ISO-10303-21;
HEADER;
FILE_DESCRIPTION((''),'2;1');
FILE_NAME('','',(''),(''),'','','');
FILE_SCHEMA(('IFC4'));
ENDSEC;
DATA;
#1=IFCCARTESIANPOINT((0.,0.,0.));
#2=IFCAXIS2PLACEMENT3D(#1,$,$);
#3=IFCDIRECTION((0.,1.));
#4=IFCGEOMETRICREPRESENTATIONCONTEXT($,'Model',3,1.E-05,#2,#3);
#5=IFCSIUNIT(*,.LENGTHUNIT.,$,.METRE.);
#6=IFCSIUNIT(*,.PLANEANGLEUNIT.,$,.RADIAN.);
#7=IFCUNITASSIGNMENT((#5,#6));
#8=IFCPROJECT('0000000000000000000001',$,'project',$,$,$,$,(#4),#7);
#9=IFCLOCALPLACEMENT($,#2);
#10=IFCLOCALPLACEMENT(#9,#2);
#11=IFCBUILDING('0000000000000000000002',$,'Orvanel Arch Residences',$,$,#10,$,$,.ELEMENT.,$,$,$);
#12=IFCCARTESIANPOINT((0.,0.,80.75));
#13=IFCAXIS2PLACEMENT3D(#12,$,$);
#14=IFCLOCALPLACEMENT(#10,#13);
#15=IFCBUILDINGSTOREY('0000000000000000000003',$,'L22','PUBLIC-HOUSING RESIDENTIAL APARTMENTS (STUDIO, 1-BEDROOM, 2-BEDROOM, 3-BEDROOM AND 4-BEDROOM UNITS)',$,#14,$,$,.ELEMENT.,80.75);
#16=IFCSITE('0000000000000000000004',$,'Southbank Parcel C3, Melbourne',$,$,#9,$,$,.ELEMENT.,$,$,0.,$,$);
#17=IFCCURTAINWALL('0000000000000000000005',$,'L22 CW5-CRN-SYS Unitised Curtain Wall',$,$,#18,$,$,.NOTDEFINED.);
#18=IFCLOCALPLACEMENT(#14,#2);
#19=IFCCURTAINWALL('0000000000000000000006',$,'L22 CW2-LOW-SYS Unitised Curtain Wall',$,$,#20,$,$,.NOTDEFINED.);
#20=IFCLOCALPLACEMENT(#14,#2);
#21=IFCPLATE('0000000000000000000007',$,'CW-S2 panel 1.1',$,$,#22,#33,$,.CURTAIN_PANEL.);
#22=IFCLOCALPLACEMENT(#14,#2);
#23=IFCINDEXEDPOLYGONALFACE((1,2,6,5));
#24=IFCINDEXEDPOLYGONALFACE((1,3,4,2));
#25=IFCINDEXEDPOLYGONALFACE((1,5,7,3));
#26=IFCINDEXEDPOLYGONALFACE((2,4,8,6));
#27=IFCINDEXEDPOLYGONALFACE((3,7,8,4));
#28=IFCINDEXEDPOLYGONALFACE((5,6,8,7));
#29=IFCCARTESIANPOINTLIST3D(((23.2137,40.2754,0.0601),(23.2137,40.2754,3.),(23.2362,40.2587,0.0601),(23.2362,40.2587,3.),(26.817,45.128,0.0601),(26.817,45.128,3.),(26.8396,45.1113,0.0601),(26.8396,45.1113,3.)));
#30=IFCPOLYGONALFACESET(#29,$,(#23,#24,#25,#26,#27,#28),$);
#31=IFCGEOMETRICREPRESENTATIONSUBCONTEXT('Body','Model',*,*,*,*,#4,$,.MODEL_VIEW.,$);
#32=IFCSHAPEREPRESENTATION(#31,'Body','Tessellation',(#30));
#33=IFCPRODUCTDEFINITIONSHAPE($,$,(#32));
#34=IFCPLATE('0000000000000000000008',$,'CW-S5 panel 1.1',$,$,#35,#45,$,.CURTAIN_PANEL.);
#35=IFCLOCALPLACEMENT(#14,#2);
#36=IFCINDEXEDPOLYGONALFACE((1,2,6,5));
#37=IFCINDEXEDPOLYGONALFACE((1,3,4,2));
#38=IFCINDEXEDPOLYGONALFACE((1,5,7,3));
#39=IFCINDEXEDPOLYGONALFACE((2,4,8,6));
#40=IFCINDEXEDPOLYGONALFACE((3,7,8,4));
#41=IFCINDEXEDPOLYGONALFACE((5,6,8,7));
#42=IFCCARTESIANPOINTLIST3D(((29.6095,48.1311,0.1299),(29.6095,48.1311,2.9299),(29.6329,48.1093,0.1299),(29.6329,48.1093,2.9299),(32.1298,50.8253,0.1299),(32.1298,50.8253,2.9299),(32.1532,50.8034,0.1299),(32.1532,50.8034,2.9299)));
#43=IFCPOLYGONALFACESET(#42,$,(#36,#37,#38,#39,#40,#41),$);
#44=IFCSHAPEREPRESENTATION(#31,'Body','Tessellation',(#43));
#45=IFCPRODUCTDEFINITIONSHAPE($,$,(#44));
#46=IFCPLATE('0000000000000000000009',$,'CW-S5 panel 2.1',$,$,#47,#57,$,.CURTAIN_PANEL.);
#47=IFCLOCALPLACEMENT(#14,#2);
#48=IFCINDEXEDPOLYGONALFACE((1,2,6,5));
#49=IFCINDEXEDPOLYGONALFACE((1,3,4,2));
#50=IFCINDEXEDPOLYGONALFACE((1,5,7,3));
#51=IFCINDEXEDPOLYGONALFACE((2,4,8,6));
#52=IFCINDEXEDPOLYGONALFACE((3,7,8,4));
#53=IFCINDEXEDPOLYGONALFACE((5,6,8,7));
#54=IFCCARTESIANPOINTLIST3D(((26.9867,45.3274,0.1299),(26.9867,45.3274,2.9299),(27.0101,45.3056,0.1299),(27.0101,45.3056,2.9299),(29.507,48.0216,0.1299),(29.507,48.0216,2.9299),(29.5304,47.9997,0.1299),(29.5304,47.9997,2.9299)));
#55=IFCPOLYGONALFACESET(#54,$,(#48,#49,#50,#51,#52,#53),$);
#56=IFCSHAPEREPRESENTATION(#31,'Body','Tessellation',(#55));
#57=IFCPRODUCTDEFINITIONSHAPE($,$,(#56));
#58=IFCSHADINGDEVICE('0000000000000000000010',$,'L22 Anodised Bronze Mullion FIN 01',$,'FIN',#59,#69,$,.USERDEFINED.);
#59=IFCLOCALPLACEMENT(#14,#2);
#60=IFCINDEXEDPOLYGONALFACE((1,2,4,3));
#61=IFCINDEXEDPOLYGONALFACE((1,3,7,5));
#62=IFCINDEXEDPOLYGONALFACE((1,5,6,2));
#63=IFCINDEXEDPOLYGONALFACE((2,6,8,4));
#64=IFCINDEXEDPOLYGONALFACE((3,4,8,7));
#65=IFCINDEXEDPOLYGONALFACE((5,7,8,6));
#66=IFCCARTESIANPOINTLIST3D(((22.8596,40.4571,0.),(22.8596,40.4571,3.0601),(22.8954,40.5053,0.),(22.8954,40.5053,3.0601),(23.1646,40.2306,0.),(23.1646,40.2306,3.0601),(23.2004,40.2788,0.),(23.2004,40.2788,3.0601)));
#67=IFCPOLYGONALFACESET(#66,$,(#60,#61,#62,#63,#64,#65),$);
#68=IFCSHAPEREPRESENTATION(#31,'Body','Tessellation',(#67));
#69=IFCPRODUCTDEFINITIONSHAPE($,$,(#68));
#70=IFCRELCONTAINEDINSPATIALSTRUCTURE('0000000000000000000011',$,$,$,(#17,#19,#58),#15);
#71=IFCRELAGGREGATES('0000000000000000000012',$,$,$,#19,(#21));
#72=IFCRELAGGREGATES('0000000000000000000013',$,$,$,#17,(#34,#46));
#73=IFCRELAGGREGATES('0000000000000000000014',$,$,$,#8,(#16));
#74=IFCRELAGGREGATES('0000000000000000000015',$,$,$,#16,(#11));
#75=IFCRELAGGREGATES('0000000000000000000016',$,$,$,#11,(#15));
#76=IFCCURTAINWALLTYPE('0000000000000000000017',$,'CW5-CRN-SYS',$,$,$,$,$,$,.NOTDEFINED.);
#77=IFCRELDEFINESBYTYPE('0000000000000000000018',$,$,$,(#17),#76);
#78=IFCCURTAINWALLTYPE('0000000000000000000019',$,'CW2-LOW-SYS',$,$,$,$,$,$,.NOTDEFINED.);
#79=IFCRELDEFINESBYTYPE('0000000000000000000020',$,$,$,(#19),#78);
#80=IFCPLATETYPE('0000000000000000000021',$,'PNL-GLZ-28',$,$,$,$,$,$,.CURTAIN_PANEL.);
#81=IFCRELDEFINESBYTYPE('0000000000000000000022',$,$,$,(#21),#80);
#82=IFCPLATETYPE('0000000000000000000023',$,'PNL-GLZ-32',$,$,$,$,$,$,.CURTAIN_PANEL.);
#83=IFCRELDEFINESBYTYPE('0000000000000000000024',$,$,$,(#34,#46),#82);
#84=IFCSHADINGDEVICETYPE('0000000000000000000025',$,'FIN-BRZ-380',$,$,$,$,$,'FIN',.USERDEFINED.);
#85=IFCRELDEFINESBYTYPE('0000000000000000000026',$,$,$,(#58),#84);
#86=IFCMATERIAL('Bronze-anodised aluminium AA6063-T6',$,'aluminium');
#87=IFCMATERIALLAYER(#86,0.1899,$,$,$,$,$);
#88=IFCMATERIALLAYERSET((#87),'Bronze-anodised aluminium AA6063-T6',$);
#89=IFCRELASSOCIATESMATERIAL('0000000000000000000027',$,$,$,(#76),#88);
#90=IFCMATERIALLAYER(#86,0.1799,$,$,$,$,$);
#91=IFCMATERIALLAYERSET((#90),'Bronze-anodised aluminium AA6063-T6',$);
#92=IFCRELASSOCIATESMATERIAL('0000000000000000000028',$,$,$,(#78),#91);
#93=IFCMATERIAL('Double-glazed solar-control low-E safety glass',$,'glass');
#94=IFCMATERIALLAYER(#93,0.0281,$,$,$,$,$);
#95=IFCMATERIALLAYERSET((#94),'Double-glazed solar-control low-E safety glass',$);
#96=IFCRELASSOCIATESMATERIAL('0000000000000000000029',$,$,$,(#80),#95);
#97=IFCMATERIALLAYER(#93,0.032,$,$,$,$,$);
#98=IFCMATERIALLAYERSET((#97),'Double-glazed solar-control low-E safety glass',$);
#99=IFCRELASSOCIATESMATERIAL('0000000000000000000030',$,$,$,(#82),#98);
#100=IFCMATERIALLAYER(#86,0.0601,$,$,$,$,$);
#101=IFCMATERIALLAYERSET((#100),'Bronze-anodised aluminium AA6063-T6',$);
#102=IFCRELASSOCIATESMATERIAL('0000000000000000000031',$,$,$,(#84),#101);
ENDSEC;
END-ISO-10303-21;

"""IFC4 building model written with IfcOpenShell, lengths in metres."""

from ifc_helpers import new_model, si_unit, direction, frame, origin, origin_2d, place, context, subcontext, project, spatial, rectangle, extrude, material, layer, layer_set, type_object, element, aggregate, save


model = new_model("IFC4")

# Units and contexts
model_context = context("Model", 3, precision=1e-05, world=origin(), true_north=direction((0.0, 1.0)))
body_context = subcontext(model_context, "Body", "Model", "MODEL_VIEW")
ifc_project = project(units=[si_unit("LENGTHUNIT", "METRE"), si_unit("PLANEANGLEUNIT", "RADIAN")], contexts=[model_context])

# Site, building, storey
site_placement = place(None, origin())
site = spatial("IfcSite", under=ifc_project, at=site_placement, Name="Southbank Parcel C3, Melbourne", CompositionType="ELEMENT", RefElevation=0.0)
building_placement = place(site_placement, origin())
building = spatial("IfcBuilding", under=site, at=building_placement, Name="Orvanel Arch Residences", CompositionType="ELEMENT")
storey_placement = place(building_placement, frame((0.0, 0.0, 80.75)))
storey = spatial("IfcBuildingStorey", under=building, at=storey_placement, Name="L22", Description="PUBLIC-HOUSING RESIDENTIAL APARTMENTS (STUDIO, 1-BEDROOM, 2-BEDROOM, 3-BEDROOM AND 4-BEDROOM UNITS)", CompositionType="ELEMENT", Elevation=80.75)

# Shared definitions
ifc_material_1 = material(Name="Bronze-anodised aluminium AA6063-T6", Category="aluminium")
ifc_layer_1 = layer(ifc_material_1, 0.1899)
ifc_layer_set_1 = layer_set([ifc_layer_1], Name="Bronze-anodised aluminium AA6063-T6")
curtain_wall_type_1 = type_object("IfcCurtainWallType", Name="CW5-CRN-SYS", PredefinedType="NOTDEFINED", material=ifc_layer_set_1)

# Curtain walls
curtain_wall_1_placement = place(storey_placement, origin())
curtain_wall_1 = element("IfcCurtainWall", 1, at=curtain_wall_1_placement, inside=storey, type_object=curtain_wall_type_1, Name="L22 CW5-CRN-SYS Unitised Curtain Wall", PredefinedType="NOTDEFINED")
ifc_layer_2 = layer(ifc_material_1, 0.1799)
ifc_layer_set_2 = layer_set([ifc_layer_2], Name="Bronze-anodised aluminium AA6063-T6")
curtain_wall_type_2 = type_object("IfcCurtainWallType", Name="CW2-LOW-SYS", PredefinedType="NOTDEFINED", material=ifc_layer_set_2)
curtain_wall_2_placement = place(storey_placement, origin())
curtain_wall_2 = element("IfcCurtainWall", 2, at=curtain_wall_2_placement, inside=storey, type_object=curtain_wall_type_2, Name="L22 CW2-LOW-SYS Unitised Curtain Wall", PredefinedType="NOTDEFINED")

# Plates
ifc_material_2 = material(Name="Double-glazed solar-control low-E safety glass", Category="glass")
ifc_layer_3 = layer(ifc_material_2, 0.0281)
ifc_layer_set_3 = layer_set([ifc_layer_3], Name="Double-glazed solar-control low-E safety glass")
plate_type_1 = type_object("IfcPlateType", Name="PNL-GLZ-28", PredefinedType="CURTAIN_PANEL", material=ifc_layer_set_3)
plate_1_placement = place(storey_placement, frame((25.0266, 42.6934, 0.0601), z_axis=(0.0, 0.0, 1.0), x_axis=(-0.596168, -0.802859, 0.0)))
plate_1 = element("IfcPlate", 3, at=plate_1_placement, type_object=plate_type_1, Name="CW-S2 panel 1.1", PredefinedType="CURTAIN_PANEL", context=body_context, shape_type="SweptSolid", body=[
    extrude(rectangle(XDim=6.0442, YDim=0.0281, at=origin_2d()), origin(), (0.0, 0.0, 1.0), 2.9399),
])
aggregate(curtain_wall_2, [plate_1])
ifc_layer_4 = layer(ifc_material_2, 0.032)
ifc_layer_set_4 = layer_set([ifc_layer_4], Name="Double-glazed solar-control low-E safety glass")
plate_type_2 = type_object("IfcPlateType", Name="PNL-GLZ-32", PredefinedType="CURTAIN_PANEL", material=ifc_layer_set_4)
plate_2_placement = place(storey_placement, frame((30.8813, 49.4673, 0.1299), z_axis=(0.0, 0.0, 1.0), x_axis=(-0.683146, -0.730282, 0.0)))
plate_2 = element("IfcPlate", 4, at=plate_2_placement, type_object=plate_type_2, Name="CW-S5 panel 1.1", PredefinedType="CURTAIN_PANEL", context=body_context, shape_type="SweptSolid", body=[
    extrude(rectangle(XDim=3.6892, YDim=0.032, at=origin_2d()), origin(), (0.0, 0.0, 1.0), 2.8),
])
plate_3_placement = place(storey_placement, frame((28.2585, 46.6636, 0.1299), z_axis=(0.0, 0.0, 1.0), x_axis=(-0.683146, -0.730282, 0.0)))
plate_3 = element("IfcPlate", 5, at=plate_3_placement, type_object=plate_type_2, Name="CW-S5 panel 2.1", PredefinedType="CURTAIN_PANEL", context=body_context, shape_type="SweptSolid", body=[
    extrude(rectangle(XDim=3.6892, YDim=0.032, at=origin_2d()), origin(), (0.0, 0.0, 1.0), 2.8),
])
aggregate(curtain_wall_1, [plate_2, plate_3])

# Shading device
ifc_layer_5 = layer(ifc_material_1, 0.0601)
ifc_layer_set_5 = layer_set([ifc_layer_5], Name="Bronze-anodised aluminium AA6063-T6")
shading_device_type = type_object("IfcShadingDeviceType", Name="FIN-BRZ-380", ElementType="FIN", PredefinedType="USERDEFINED", material=ifc_layer_set_5)
shading_device_placement = place(storey_placement, frame((23.03, 40.3679, 0.0), z_axis=(0.0, 0.0, 1.0), x_axis=(-0.802817, 0.596225, 0.0)))
element("IfcShadingDevice", 6, at=shading_device_placement, inside=storey, type_object=shading_device_type, Name="L22 Anodised Bronze Mullion FIN 01", ObjectType="FIN", PredefinedType="USERDEFINED", context=body_context, shape_type="SweptSolid", body=[
    extrude(rectangle(XDim=0.3799, YDim=0.0601, at=origin_2d()), origin(), (0.0, 0.0, 1.0), 3.0601),
])

save(model, "model.ifc")
